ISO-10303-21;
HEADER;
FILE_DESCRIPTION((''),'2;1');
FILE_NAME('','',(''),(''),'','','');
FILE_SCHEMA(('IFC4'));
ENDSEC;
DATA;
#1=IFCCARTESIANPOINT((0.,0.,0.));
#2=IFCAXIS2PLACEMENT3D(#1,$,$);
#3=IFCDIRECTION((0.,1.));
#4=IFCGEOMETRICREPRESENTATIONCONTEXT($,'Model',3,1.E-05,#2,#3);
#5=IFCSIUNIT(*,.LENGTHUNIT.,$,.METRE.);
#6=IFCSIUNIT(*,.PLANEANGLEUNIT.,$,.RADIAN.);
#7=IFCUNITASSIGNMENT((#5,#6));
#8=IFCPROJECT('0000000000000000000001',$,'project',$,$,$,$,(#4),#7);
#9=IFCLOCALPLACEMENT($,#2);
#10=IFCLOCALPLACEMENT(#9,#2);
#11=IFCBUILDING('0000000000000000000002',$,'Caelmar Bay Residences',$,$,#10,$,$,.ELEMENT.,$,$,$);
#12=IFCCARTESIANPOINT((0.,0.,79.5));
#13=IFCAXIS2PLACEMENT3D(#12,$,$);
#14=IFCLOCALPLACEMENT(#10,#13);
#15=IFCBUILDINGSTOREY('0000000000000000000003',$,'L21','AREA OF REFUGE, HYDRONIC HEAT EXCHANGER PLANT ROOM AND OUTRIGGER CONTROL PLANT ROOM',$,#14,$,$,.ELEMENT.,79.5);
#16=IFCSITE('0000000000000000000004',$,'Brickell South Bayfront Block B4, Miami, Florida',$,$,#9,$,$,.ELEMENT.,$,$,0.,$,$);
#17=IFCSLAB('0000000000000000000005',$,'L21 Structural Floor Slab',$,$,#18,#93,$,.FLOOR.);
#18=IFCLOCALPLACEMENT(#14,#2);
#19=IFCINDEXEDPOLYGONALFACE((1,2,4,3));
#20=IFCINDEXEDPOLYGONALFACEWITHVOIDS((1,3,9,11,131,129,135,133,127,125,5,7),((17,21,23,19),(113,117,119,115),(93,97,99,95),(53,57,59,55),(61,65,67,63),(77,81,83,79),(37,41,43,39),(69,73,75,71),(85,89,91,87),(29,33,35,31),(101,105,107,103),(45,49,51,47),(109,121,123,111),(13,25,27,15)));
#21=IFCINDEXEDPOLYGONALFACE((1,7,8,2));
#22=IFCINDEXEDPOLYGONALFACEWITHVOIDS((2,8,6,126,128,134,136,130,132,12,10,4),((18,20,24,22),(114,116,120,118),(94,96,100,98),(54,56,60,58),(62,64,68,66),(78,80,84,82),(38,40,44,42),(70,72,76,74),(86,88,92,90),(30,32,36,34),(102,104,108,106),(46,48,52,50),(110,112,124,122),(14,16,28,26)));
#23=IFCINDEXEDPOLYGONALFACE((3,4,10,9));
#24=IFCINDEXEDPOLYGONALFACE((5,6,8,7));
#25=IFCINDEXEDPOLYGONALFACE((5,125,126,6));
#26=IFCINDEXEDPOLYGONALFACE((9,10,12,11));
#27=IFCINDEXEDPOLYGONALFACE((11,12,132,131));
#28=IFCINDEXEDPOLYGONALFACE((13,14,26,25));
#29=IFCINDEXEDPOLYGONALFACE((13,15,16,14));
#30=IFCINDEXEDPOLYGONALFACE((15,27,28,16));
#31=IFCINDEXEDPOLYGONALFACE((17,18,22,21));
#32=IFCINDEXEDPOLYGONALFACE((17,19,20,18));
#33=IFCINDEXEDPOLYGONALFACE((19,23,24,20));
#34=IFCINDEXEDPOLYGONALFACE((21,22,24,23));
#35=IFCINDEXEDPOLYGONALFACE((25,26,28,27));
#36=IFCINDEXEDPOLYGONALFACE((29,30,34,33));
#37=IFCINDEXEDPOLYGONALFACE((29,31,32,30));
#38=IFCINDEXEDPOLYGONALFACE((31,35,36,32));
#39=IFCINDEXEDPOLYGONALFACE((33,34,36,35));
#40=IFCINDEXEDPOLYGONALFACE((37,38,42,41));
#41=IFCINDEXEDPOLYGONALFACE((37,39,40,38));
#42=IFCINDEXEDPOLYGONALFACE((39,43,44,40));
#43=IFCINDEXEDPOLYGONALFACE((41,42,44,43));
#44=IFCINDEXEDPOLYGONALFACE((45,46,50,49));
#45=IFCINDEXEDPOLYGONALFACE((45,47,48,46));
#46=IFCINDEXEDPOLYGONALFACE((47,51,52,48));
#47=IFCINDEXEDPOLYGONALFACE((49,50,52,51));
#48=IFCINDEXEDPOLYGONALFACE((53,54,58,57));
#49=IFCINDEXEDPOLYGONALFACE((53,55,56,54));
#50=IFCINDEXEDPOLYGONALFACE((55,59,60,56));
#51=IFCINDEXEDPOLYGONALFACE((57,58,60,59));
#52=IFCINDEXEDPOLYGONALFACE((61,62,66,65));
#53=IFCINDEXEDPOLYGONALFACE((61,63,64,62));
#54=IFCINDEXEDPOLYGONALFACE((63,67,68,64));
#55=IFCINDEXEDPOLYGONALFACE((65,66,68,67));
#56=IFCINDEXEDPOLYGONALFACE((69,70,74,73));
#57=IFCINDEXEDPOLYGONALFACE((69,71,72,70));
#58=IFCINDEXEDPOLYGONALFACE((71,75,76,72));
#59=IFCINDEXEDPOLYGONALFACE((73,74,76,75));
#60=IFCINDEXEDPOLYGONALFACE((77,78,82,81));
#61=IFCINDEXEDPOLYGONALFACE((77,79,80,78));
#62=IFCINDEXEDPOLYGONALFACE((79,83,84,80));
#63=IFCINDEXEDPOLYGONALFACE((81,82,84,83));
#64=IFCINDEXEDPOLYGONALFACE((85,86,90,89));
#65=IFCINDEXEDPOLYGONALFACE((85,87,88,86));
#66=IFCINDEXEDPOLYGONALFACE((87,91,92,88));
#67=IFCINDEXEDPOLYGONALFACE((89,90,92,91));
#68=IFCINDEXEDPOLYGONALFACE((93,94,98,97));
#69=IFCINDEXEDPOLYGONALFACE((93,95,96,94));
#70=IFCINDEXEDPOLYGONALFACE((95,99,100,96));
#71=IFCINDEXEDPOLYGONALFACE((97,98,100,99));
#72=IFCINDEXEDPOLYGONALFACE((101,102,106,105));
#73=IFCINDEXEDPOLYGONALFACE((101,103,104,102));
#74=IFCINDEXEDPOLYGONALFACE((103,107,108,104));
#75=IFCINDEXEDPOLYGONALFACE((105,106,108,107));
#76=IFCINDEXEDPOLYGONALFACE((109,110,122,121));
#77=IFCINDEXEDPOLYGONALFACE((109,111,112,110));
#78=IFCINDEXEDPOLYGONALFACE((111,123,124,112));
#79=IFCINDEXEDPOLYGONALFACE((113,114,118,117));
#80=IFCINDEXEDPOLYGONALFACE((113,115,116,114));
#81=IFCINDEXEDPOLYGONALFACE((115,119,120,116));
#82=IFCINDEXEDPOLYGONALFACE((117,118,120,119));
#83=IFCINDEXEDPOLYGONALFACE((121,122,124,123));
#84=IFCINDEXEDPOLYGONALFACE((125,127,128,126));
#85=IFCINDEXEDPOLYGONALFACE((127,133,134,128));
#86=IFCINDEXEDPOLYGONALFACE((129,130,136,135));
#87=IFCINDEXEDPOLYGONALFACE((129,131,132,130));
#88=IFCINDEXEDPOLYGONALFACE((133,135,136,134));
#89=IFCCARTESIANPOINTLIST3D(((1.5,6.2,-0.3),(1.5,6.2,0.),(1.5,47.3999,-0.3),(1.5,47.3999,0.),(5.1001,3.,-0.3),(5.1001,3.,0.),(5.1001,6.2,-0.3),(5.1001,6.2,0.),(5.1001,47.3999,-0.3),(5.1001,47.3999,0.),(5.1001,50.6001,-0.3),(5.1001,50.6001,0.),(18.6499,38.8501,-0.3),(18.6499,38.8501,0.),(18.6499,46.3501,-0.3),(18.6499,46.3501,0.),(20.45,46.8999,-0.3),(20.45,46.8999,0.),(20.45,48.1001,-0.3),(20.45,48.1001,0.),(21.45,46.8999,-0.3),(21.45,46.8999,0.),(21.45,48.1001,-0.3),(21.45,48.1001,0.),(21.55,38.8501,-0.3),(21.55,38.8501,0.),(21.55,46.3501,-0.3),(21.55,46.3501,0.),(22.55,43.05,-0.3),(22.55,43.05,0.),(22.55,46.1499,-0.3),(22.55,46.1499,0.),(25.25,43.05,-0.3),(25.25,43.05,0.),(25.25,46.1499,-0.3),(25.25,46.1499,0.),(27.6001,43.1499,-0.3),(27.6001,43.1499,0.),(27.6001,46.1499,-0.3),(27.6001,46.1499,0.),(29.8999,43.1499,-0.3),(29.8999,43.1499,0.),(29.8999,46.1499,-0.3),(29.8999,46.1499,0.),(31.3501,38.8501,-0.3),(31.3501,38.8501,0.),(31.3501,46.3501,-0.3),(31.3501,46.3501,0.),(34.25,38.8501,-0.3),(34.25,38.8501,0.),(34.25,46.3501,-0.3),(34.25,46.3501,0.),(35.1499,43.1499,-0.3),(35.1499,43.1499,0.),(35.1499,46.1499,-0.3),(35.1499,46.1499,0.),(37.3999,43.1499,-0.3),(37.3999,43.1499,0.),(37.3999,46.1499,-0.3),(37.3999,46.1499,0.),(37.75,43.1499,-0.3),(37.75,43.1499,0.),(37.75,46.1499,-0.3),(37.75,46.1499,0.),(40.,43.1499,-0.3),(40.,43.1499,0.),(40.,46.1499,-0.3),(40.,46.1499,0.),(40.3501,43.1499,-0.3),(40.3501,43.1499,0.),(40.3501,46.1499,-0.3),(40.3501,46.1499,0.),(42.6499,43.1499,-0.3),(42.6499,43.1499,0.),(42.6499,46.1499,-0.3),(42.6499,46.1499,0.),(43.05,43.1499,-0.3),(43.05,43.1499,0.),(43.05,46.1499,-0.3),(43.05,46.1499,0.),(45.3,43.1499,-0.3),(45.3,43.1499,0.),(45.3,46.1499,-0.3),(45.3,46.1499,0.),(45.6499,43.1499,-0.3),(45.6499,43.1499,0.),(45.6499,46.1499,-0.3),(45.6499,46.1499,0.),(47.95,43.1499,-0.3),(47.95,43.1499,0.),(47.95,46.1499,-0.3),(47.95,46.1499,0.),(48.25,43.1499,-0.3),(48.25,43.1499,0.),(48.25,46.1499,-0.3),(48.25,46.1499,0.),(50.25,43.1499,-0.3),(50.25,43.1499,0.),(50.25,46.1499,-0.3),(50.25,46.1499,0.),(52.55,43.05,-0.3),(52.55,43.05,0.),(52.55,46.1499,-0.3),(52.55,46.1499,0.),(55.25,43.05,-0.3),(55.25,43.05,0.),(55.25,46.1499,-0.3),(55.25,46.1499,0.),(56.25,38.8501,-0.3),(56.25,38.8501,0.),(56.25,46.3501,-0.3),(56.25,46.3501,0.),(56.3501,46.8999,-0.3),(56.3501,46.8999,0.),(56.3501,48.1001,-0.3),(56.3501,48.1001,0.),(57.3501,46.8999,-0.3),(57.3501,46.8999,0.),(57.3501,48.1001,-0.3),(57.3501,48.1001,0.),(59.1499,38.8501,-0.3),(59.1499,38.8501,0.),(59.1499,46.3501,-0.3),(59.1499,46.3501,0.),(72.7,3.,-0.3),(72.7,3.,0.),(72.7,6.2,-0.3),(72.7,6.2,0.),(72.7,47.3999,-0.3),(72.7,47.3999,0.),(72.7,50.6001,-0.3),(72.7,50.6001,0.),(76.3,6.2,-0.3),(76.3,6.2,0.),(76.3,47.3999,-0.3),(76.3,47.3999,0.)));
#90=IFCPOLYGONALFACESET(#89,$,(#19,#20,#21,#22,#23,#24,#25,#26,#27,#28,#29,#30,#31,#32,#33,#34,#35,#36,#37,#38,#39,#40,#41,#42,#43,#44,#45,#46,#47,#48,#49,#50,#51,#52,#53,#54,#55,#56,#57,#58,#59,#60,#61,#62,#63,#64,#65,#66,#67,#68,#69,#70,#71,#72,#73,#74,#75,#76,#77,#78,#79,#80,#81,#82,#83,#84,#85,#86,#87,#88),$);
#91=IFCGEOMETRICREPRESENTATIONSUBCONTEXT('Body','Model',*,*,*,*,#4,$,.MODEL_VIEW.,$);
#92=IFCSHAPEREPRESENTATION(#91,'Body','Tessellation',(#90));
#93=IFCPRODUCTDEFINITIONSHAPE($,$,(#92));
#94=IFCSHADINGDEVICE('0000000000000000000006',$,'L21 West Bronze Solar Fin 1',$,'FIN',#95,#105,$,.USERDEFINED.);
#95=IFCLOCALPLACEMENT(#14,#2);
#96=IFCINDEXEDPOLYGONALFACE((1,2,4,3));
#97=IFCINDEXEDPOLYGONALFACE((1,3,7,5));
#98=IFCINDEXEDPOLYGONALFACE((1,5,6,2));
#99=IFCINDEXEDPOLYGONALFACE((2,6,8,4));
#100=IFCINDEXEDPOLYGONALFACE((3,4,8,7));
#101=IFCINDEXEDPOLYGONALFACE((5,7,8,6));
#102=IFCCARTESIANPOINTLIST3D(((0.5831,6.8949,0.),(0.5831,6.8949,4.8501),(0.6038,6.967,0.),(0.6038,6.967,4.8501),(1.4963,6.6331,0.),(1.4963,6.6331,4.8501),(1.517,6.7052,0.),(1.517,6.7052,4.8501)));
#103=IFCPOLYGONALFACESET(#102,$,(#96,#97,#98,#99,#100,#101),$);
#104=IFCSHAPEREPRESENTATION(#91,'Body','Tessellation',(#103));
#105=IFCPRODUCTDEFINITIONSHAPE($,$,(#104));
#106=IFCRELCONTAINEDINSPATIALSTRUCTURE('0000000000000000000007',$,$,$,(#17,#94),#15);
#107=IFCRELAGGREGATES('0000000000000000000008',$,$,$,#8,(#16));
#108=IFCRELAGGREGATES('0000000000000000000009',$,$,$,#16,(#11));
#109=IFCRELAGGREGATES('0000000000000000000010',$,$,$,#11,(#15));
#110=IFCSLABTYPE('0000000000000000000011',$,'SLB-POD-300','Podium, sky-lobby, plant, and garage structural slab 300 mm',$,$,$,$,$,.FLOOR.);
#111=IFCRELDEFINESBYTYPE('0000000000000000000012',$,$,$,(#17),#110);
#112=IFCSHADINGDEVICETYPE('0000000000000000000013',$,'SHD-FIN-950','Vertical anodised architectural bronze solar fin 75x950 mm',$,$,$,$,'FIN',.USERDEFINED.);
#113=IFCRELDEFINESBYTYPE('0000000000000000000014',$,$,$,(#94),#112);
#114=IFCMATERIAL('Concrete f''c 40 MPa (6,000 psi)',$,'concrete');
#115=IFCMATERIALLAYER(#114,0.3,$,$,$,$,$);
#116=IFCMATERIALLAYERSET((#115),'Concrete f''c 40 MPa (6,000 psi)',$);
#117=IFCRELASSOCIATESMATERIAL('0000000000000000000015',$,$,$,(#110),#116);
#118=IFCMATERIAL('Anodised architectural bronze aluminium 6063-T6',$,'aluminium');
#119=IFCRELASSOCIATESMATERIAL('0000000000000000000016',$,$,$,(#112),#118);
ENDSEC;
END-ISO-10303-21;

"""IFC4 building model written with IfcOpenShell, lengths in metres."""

from ifc_helpers import new_model, si_unit, direction, frame, origin, origin_2d, place, context, subcontext, project, spatial, polyline, rectangle, outline, extrude, material, layer, layer_set, material_profile, profile_set, type_object, element, save


model = new_model("IFC4")

# Units and contexts
model_context = context("Model", 3, precision=1e-05, world=origin(), true_north=direction((0.0, 1.0)))
body_context = subcontext(model_context, "Body", "Model", "MODEL_VIEW")
ifc_project = project(units=[si_unit("LENGTHUNIT", "METRE"), si_unit("PLANEANGLEUNIT", "RADIAN")], contexts=[model_context])

# Site, building, storey
site_placement = place(None, origin())
site = spatial("IfcSite", under=ifc_project, at=site_placement, Name="Brickell South Bayfront Block B4, Miami, Florida", CompositionType="ELEMENT", RefElevation=0.0)
building_placement = place(site_placement, origin())
building = spatial("IfcBuilding", under=site, at=building_placement, Name="Caelmar Bay Residences", CompositionType="ELEMENT")
storey_placement = place(building_placement, frame((0.0, 0.0, 79.5)))
storey = spatial("IfcBuildingStorey", under=building, at=storey_placement, Name="L21", Description="AREA OF REFUGE, HYDRONIC HEAT EXCHANGER PLANT ROOM AND OUTRIGGER CONTROL PLANT ROOM", CompositionType="ELEMENT", Elevation=79.5)

# Shared definitions
ifc_material_1 = material(Name="Concrete f'c 40 MPa (6,000 psi)", Category="concrete")

# Slab
ifc_layer_1 = layer(ifc_material_1, 0.3)
ifc_layer_set_1 = layer_set([ifc_layer_1], Name="Concrete f'c 40 MPa (6,000 psi)")
slab_type_1 = type_object("IfcSlabType", Name="SLB-POD-300", Description="Podium, sky-lobby, plant, and garage structural slab 300 mm", PredefinedType="FLOOR", material=ifc_layer_set_1)
slab_1_placement = place(storey_placement, frame((0.0, 0.0, -0.3)))
element("IfcSlab", 1, at=slab_1_placement, inside=storey, type_object=slab_type_1, Name="L21 Structural Floor Slab", PredefinedType="FLOOR", context=body_context, shape_type="SweptSolid", body=[
    extrude(outline(polyline([(5.1001, 3.0), (72.7, 3.0), (72.7, 6.2), (76.3, 6.2), (76.3, 47.3999), (72.7, 47.3999), (72.7, 50.6001), (5.1001, 50.6001), (5.1001, 47.3999), (1.5, 47.3999), (1.5, 6.2), (5.1001, 6.2), (5.1001, 3.0)]), holes=[polyline([(18.6499, 38.8501), (21.55, 38.8501), (21.55, 46.3501), (18.6499, 46.3501), (18.6499, 38.8501)]), polyline([(56.25, 38.8501), (59.1499, 38.8501), (59.1499, 46.3501), (56.25, 46.3501), (56.25, 38.8501)]), polyline([(31.3501, 38.8501), (34.25, 38.8501), (34.25, 46.3501), (31.3501, 46.3501), (31.3501, 38.8501)]), polyline([(22.55, 43.05), (25.25, 43.05), (25.25, 46.1499), (22.55, 46.1499), (22.55, 43.05)]), polyline([(52.55, 43.05), (55.25, 43.05), (55.25, 46.1499), (52.55, 46.1499), (52.55, 43.05)]), polyline([(35.1499, 43.1499), (37.3999, 43.1499), (37.3999, 46.1499), (35.1499, 46.1499), (35.1499, 43.1499)]), polyline([(37.75, 43.1499), (40.0, 43.1499), (40.0, 46.1499), (37.75, 46.1499), (37.75, 43.1499)]), polyline([(40.3501, 43.1499), (42.6499, 43.1499), (42.6499, 46.1499), (40.3501, 46.1499), (40.3501, 43.1499)]), polyline([(43.05, 43.1499), (45.3, 43.1499), (45.3, 46.1499), (43.05, 46.1499), (43.05, 43.1499)]), polyline([(45.6499, 43.1499), (47.95, 43.1499), (47.95, 46.1499), (45.6499, 46.1499), (45.6499, 43.1499)]), polyline([(48.25, 43.1499), (50.25, 43.1499), (50.25, 46.1499), (48.25, 46.1499), (48.25, 43.1499)]), polyline([(27.6001, 43.1499), (29.8999, 43.1499), (29.8999, 46.1499), (27.6001, 46.1499), (27.6001, 43.1499)]), polyline([(20.45, 46.8999), (21.45, 46.8999), (21.45, 48.1001), (20.45, 48.1001), (20.45, 46.8999)]), polyline([(56.3501, 46.8999), (57.3501, 46.8999), (57.3501, 48.1001), (56.3501, 48.1001), (56.3501, 46.8999)])]), origin(), (0.0, 0.0, 1.0), 0.3),
])

# Shading device
ifc_material_2 = material(Name="Anodised architectural bronze aluminium 6063-T6", Category="aluminium")
ifc_material_profile_1 = material_profile(ifc_material_2, rectangle(XDim=0.075, YDim=0.95, at=origin_2d()), Name="BRONZE-FIN-75X950")
ifc_profile_set_1 = profile_set([ifc_material_profile_1], Name="Anodised architectural bronze aluminium 6063-T6")
shading_device_type = type_object("IfcShadingDeviceType", Name="SHD-FIN-950", Description="Vertical anodised architectural bronze solar fin 75x950 mm", ElementType="FIN", PredefinedType="USERDEFINED", material=ifc_profile_set_1)
shading_device_placement = place(storey_placement, frame((1.05, 6.8, 0.0), z_axis=(0.0, 0.0, 1.0), x_axis=(0.275637, 0.961262, 0.0)))
element("IfcShadingDevice", 2, at=shading_device_placement, inside=storey, type_object=shading_device_type, Name="L21 West Bronze Solar Fin 1", ObjectType="FIN", PredefinedType="USERDEFINED", context=body_context, shape_type="SweptSolid", body=[
    extrude(rectangle(XDim=0.075, YDim=0.95, at=origin_2d()), origin(), (0.0, 0.0, 1.0), 4.8501),
])

save(model, "model.ifc")
